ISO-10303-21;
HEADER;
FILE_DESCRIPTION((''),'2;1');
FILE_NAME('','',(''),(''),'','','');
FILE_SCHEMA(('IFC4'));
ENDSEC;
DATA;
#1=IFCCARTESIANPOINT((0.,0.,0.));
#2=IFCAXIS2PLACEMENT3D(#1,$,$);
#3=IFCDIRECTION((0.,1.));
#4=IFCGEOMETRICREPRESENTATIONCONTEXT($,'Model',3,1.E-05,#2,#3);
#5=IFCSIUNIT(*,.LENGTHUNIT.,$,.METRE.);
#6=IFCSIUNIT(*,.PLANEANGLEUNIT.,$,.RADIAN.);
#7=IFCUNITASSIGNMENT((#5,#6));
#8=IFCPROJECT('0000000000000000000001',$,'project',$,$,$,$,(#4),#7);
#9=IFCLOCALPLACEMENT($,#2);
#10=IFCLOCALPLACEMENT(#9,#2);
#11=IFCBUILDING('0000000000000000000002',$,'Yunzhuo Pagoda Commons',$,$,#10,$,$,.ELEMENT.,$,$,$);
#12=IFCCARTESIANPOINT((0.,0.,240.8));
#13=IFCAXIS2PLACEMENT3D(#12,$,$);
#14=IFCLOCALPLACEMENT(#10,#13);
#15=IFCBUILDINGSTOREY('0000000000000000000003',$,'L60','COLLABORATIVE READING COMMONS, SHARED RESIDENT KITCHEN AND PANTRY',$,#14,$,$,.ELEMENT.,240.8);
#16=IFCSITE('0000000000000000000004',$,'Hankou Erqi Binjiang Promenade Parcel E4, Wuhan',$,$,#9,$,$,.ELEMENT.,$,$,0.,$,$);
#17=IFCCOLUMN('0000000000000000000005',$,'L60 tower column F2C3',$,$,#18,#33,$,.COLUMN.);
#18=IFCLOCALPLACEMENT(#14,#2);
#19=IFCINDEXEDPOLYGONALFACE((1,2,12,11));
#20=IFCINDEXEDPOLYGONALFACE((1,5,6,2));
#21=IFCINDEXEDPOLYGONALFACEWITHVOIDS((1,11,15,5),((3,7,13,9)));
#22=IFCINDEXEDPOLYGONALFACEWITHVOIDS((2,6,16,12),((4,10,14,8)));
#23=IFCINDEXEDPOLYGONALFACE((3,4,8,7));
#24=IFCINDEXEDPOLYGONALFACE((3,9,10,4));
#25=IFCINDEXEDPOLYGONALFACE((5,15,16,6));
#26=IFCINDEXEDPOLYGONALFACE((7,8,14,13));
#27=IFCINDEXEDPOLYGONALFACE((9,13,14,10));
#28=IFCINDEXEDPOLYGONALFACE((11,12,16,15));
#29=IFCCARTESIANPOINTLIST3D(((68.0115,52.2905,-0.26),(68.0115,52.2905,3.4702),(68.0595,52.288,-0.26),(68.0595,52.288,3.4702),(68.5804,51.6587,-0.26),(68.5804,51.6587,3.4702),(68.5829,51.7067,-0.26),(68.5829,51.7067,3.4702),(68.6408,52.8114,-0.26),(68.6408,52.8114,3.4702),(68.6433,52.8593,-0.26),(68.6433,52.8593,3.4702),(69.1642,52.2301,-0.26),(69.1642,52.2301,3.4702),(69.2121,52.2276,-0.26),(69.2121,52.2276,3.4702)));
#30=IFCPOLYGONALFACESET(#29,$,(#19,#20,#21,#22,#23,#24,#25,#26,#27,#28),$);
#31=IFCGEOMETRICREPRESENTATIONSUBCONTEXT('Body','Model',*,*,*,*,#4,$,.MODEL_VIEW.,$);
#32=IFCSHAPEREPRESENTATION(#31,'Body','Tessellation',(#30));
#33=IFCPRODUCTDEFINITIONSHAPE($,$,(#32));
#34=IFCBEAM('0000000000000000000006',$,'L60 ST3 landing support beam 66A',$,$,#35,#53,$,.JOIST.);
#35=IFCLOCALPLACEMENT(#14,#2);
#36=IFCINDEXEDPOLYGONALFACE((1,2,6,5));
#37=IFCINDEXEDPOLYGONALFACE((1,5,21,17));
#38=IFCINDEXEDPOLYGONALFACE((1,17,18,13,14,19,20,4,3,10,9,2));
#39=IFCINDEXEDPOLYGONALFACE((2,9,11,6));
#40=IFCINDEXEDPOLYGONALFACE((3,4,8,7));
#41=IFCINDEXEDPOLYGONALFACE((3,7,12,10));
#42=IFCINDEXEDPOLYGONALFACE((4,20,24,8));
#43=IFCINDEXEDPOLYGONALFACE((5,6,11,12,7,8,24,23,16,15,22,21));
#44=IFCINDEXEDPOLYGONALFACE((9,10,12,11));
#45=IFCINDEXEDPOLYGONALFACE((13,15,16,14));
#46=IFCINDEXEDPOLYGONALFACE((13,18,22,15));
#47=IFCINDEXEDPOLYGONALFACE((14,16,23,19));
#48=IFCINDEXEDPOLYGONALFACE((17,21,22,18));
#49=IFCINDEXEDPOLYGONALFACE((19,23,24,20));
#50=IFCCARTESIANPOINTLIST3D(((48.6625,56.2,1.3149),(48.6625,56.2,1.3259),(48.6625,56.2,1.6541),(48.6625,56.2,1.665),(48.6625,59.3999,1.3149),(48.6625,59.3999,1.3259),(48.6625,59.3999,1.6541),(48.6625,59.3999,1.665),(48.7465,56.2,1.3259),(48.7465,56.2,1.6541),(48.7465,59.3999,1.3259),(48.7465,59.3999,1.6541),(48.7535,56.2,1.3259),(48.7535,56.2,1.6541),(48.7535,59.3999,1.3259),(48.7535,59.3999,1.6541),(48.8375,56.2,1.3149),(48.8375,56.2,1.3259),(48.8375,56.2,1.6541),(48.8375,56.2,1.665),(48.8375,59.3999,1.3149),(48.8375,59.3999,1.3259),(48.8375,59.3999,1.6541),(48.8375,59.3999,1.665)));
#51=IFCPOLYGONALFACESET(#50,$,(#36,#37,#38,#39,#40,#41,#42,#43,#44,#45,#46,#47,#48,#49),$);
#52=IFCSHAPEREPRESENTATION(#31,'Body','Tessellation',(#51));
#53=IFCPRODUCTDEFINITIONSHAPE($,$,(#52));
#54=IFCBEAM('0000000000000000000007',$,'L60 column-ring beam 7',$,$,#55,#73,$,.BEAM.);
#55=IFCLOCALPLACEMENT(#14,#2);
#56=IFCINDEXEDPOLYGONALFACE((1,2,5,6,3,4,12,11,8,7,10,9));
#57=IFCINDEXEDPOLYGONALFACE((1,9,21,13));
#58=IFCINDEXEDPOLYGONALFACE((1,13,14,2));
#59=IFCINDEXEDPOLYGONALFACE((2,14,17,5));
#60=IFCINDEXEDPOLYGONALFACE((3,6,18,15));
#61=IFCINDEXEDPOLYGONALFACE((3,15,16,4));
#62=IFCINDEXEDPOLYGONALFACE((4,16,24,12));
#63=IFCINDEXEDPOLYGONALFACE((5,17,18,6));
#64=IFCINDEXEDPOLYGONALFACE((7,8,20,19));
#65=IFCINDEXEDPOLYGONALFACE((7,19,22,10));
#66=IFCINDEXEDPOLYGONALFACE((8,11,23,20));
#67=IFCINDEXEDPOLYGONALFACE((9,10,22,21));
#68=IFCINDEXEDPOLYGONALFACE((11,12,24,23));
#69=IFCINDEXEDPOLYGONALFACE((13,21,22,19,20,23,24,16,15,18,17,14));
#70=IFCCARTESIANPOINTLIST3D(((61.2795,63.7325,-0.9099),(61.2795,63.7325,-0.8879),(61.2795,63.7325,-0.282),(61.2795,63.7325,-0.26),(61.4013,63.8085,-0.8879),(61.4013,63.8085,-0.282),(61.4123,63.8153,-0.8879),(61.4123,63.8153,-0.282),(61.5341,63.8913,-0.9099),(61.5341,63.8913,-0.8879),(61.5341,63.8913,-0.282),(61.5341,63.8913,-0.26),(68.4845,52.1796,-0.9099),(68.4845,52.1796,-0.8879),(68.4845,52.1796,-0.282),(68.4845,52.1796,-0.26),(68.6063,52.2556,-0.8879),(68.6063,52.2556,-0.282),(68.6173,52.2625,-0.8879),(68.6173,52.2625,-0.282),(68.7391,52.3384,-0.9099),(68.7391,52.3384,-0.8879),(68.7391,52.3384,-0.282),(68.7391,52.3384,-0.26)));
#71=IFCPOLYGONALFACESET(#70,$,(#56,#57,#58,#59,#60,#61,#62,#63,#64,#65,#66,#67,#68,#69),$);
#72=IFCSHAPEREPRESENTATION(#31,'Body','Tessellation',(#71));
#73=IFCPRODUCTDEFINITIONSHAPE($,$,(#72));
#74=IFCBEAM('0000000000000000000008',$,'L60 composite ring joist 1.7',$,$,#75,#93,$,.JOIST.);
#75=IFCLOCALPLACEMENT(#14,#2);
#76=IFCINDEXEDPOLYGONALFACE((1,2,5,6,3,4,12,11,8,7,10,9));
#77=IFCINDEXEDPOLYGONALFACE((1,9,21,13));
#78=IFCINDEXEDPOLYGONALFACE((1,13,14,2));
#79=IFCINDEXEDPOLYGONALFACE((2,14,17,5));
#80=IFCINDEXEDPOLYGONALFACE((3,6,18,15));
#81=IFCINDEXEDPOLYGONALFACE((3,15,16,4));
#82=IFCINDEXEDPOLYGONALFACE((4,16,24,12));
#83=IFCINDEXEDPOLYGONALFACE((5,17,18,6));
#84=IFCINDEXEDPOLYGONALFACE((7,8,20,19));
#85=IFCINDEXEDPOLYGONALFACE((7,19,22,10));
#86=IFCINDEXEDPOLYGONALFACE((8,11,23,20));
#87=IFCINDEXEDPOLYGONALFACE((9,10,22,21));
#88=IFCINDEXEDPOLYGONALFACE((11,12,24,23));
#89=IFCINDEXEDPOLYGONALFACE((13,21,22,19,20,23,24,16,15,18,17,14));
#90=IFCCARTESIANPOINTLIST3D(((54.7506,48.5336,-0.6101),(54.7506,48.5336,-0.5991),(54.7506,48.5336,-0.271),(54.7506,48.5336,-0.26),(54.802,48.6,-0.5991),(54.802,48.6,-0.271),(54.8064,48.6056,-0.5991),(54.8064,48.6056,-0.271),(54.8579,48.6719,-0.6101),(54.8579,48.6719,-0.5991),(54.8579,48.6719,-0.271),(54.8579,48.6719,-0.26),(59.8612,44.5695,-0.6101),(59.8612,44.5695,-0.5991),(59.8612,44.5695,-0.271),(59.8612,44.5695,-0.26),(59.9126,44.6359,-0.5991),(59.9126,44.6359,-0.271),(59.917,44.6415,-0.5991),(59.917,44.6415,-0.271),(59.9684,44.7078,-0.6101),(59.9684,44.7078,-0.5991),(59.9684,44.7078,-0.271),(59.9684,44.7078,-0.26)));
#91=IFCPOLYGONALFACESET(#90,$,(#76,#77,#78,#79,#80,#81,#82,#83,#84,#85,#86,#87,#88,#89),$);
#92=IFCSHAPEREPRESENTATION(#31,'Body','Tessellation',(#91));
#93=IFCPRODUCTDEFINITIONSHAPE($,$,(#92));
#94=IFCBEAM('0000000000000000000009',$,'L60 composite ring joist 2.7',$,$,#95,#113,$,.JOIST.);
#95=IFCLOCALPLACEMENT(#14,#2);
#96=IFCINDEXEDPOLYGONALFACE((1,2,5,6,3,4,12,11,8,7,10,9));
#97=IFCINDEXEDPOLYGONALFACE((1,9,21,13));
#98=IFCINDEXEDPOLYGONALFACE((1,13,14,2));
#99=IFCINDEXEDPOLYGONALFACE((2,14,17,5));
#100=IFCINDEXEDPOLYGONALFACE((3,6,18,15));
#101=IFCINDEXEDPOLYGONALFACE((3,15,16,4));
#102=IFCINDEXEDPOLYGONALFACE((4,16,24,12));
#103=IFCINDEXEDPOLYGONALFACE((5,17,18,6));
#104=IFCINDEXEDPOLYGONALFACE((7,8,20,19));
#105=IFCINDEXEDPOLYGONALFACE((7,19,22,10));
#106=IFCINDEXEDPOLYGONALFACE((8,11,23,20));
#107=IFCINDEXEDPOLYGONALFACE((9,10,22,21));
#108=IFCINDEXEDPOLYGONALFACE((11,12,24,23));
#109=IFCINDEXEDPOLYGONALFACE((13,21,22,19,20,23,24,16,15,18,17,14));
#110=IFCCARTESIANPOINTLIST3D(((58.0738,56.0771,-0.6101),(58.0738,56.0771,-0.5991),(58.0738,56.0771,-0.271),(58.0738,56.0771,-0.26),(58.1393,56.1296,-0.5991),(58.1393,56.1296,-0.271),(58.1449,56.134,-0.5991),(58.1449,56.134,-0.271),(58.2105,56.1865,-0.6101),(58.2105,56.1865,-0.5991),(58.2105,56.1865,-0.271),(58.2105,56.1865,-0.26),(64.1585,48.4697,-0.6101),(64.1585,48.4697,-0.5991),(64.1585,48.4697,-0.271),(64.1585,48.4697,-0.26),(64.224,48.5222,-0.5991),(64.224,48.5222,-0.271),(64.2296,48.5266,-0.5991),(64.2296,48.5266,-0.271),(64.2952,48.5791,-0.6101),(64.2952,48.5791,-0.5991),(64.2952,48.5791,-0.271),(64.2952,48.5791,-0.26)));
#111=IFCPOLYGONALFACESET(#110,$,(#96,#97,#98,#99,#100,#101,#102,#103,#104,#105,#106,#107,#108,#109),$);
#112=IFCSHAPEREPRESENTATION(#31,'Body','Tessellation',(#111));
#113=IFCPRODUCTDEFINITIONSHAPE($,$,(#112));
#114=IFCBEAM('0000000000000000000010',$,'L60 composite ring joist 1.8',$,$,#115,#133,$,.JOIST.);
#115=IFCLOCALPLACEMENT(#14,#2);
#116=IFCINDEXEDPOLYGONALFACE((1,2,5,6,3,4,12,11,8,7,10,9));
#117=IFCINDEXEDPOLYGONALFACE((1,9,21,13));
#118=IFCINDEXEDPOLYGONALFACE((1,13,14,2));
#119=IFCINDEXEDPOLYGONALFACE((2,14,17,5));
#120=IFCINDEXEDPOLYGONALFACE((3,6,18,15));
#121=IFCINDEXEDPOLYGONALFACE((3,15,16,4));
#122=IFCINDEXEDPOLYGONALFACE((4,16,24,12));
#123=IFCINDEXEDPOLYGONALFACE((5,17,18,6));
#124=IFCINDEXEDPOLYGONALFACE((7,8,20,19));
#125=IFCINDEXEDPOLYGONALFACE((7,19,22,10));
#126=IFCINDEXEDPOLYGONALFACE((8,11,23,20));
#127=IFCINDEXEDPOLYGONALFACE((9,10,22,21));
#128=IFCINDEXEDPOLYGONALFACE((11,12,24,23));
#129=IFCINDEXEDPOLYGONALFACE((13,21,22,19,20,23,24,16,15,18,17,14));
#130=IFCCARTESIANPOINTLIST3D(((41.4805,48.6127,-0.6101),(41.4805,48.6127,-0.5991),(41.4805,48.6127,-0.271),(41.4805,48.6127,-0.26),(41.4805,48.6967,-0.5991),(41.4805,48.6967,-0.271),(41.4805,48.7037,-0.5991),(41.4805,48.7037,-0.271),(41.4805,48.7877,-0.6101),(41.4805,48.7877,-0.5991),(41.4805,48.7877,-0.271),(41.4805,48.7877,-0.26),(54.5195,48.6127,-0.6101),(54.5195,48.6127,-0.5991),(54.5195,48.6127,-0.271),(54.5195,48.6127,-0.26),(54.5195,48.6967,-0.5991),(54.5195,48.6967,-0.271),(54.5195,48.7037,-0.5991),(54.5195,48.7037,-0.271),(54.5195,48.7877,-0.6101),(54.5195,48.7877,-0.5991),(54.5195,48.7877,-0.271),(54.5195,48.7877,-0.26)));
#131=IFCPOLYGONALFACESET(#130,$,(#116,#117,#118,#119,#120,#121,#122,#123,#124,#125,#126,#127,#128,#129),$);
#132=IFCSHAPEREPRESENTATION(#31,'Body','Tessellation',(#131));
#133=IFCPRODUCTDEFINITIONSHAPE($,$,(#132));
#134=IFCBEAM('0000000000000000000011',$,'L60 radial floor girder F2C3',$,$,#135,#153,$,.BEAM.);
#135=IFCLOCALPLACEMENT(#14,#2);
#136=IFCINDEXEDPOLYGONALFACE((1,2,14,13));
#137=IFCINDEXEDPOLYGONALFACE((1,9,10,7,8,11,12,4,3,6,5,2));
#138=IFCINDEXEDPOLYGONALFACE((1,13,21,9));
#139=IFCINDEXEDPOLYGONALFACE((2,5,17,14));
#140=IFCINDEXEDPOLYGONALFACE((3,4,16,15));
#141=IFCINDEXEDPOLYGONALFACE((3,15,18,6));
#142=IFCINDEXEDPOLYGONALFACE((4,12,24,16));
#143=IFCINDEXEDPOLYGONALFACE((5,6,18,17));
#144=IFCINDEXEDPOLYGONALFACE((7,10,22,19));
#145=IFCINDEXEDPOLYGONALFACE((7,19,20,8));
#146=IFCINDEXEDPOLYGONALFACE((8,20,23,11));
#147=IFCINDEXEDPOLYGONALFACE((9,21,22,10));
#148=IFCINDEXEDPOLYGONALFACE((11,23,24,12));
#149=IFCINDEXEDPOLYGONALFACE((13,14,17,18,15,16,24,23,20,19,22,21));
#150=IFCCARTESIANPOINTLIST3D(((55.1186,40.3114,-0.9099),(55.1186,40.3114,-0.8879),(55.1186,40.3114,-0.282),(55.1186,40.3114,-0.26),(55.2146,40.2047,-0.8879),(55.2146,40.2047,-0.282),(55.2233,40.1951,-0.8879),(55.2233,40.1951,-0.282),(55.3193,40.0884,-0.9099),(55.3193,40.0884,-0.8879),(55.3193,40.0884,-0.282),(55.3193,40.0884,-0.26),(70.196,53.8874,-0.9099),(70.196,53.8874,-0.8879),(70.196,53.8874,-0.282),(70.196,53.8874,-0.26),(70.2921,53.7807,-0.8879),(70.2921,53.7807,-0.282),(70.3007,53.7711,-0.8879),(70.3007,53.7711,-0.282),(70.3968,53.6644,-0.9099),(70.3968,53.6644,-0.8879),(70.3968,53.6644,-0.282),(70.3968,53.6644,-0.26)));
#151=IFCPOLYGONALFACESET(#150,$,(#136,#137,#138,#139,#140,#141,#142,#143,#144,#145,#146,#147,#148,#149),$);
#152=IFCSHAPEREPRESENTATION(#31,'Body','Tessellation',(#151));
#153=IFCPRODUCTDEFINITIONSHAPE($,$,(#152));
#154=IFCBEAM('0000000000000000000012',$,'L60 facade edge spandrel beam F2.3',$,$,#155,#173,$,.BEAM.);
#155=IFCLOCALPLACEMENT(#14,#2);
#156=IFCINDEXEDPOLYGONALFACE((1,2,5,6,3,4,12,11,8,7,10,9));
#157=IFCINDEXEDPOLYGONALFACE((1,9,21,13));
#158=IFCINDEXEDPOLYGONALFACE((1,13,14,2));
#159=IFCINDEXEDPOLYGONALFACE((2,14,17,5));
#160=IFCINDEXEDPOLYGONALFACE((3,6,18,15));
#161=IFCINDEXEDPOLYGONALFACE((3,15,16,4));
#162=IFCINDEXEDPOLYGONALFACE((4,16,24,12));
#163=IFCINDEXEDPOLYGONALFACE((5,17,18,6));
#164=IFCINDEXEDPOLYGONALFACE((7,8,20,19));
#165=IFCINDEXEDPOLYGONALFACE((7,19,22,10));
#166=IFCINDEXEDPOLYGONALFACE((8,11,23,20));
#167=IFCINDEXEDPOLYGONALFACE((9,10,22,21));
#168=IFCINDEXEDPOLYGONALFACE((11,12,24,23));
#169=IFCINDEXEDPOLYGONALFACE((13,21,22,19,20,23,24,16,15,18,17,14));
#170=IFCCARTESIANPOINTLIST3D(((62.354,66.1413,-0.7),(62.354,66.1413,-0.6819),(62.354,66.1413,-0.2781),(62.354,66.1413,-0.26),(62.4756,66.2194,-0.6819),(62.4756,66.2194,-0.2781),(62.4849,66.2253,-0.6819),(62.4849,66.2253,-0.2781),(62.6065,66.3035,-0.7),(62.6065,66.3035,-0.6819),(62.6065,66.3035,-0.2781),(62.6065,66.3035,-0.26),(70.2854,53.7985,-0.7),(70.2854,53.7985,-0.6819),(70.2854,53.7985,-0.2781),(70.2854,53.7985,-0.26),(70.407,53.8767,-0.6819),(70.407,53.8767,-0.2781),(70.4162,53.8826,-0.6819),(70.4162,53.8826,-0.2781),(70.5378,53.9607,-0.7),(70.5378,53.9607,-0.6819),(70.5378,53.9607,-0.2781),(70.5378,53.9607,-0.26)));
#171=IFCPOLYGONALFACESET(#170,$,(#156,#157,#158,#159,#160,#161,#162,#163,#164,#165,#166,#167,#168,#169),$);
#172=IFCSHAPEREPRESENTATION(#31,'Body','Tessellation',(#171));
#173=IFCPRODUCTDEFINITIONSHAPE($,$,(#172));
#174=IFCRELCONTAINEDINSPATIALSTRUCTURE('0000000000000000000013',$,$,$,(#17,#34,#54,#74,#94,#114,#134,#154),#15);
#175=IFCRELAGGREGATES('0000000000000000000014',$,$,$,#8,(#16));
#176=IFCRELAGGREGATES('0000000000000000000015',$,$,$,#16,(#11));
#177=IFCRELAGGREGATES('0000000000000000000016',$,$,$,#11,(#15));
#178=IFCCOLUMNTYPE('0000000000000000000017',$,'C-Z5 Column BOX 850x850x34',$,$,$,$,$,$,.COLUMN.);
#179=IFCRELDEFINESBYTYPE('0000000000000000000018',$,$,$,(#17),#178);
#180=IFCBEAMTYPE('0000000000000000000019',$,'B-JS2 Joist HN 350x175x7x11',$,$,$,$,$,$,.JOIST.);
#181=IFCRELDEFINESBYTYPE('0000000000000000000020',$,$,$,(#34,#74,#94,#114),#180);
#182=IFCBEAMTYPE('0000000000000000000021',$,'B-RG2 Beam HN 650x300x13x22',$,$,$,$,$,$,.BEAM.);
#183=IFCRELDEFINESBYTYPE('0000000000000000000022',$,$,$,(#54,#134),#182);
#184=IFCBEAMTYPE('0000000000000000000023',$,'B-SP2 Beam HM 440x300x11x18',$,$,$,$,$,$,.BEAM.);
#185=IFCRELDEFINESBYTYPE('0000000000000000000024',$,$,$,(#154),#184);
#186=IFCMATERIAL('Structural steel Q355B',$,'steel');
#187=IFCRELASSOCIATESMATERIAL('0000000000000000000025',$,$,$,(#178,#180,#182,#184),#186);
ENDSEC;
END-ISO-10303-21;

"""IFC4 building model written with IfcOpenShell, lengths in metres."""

from ifc_helpers import new_model, si_unit, direction, frame, origin, origin_2d, place, context, subcontext, project, spatial, hollow_rectangle, i_section, extrude, source, transform, mapped, material, material_profile, profile_set, type_object, element, save


model = new_model("IFC4")

# Units and contexts
model_context = context("Model", 3, precision=1e-05, world=origin(), true_north=direction((0.0, 1.0)))
body_context = subcontext(model_context, "Body", "Model", "MODEL_VIEW")
ifc_project = project(units=[si_unit("LENGTHUNIT", "METRE"), si_unit("PLANEANGLEUNIT", "RADIAN")], contexts=[model_context])

# Site, building, storey
site_placement = place(None, origin())
site = spatial("IfcSite", under=ifc_project, at=site_placement, Name="Hankou Erqi Binjiang Promenade Parcel E4, Wuhan", CompositionType="ELEMENT", RefElevation=0.0)
building_placement = place(site_placement, origin())
building = spatial("IfcBuilding", under=site, at=building_placement, Name="Yunzhuo Pagoda Commons", CompositionType="ELEMENT")
storey_placement = place(building_placement, frame((0.0, 0.0, 240.8)))
storey = spatial("IfcBuildingStorey", under=building, at=storey_placement, Name="L60", Description="COLLABORATIVE READING COMMONS, SHARED RESIDENT KITCHEN AND PANTRY", CompositionType="ELEMENT", Elevation=240.8)

# Column
ifc_material_1 = material(Name="Structural steel Q355B", Category="steel")
ifc_material_profile_1 = material_profile(ifc_material_1, hollow_rectangle(XDim=0.8501, YDim=0.8501, WallThickness=0.0339, at=origin_2d()), Name="Structural steel Q355B")
ifc_profile_set_1 = profile_set([ifc_material_profile_1], Name="Structural steel Q355B")
column_type = type_object("IfcColumnType", Name="C-Z5 Column BOX 850x850x34", PredefinedType="COLUMN", material=ifc_profile_set_1)
shared_shape_1 = source(origin(), body_context, "Body", "SweptSolid", [
    extrude(hollow_rectangle(XDim=0.8501, YDim=0.8501, WallThickness=0.0339, at=origin_2d()), origin(), (0.0, 0.0, 1.0), 3.7302),
])
column_placement = place(storey_placement, frame((68.6118, 52.259, -0.26), z_axis=(0.0, 0.0, 1.0), x_axis=(-0.669131, 0.743145, 0.0)))
element("IfcColumn", 1, at=column_placement, inside=storey, type_object=column_type, Name="L60 tower column F2C3", PredefinedType="COLUMN", context=body_context, shape_type="MappedRepresentation", body=[
    mapped(shared_shape_1, transform((0.0, 0.0, 0.0), scale=1.0)),
])

# Beams
ifc_material_profile_2 = material_profile(ifc_material_1, i_section(OverallWidth=0.175, OverallDepth=0.3501, WebThickness=0.0071, FlangeThickness=0.011, at=origin_2d()), Name="Structural steel Q355B")
ifc_profile_set_2 = profile_set([ifc_material_profile_2], Name="Structural steel Q355B")
beam_type_1 = type_object("IfcBeamType", Name="B-JS2 Joist HN 350x175x7x11", PredefinedType="JOIST", material=ifc_profile_set_2)
shared_shape_2 = source(origin(), body_context, "Body", "SweptSolid", [
    extrude(i_section(OverallWidth=0.175, OverallDepth=0.3501, WebThickness=0.0071, FlangeThickness=0.011, at=origin_2d()), origin(), (0.0, 0.0, 1.0), 3.2),
])
beam_1_placement = place(storey_placement, frame((48.75, 56.2, 1.49), z_axis=(0.0, 1.0, 0.0), x_axis=(-1.0, 0.0, 0.0)))
element("IfcBeam", 2, at=beam_1_placement, inside=storey, type_object=beam_type_1, Name="L60 ST3 landing support beam 66A", PredefinedType="JOIST", context=body_context, shape_type="MappedRepresentation", body=[
    mapped(shared_shape_2, transform((0.0, 0.0, 0.0), scale=1.0)),
])
ifc_material_profile_3 = material_profile(ifc_material_1, i_section(OverallWidth=0.3, OverallDepth=0.6499, WebThickness=0.0129, FlangeThickness=0.022, at=origin_2d()), Name="Structural steel Q355B")
ifc_profile_set_3 = profile_set([ifc_material_profile_3], Name="Structural steel Q355B")
beam_type_2 = type_object("IfcBeamType", Name="B-RG2 Beam HN 650x300x13x22", PredefinedType="BEAM", material=ifc_profile_set_3)
shared_shape_3 = source(origin(), body_context, "Body", "SweptSolid", [
    extrude(i_section(OverallWidth=0.3, OverallDepth=0.6499, WebThickness=0.0129, FlangeThickness=0.022, at=origin_2d()), origin(), (0.0, 0.0, 1.0), 13.6155),
])
beam_2_placement = place(storey_placement, frame((68.6118, 52.259, -0.585), z_axis=(-0.529178, 0.848511, 0.0), x_axis=(-0.848511, -0.529178, 0.0)))
element("IfcBeam", 3, at=beam_2_placement, inside=storey, type_object=beam_type_2, Name="L60 column-ring beam 7", PredefinedType="BEAM", context=body_context, shape_type="MappedRepresentation", body=[
    mapped(shared_shape_3, transform((0.0, 0.0, 0.0), scale=1.0)),
])
shared_shape_4 = source(origin(), body_context, "Body", "SweptSolid", [
    extrude(i_section(OverallWidth=0.175, OverallDepth=0.3501, WebThickness=0.0071, FlangeThickness=0.011, at=origin_2d()), origin(), (0.0, 0.0, 1.0), 6.4678),
])
beam_3_placement = place(storey_placement, frame((59.9148, 44.6387, -0.4351), z_axis=(-0.79016, 0.6129, 0.0), x_axis=(-0.6129, -0.79016, 0.0)))
element("IfcBeam", 4, at=beam_3_placement, inside=storey, type_object=beam_type_1, Name="L60 composite ring joist 1.7", PredefinedType="JOIST", context=body_context, shape_type="MappedRepresentation", body=[
    mapped(shared_shape_4, transform((0.0, 0.0, 0.0), scale=1.0)),
])
shared_shape_5 = source(origin(), body_context, "Body", "SweptSolid", [
    extrude(i_section(OverallWidth=0.175, OverallDepth=0.3501, WebThickness=0.0071, FlangeThickness=0.011, at=origin_2d()), origin(), (0.0, 0.0, 1.0), 9.7415),
])
beam_4_placement = place(storey_placement, frame((64.2268, 48.5244, -0.4351), z_axis=(-0.624619, 0.78093, 0.0), x_axis=(-0.78093, -0.624619, 0.0)))
element("IfcBeam", 5, at=beam_4_placement, inside=storey, type_object=beam_type_1, Name="L60 composite ring joist 2.7", PredefinedType="JOIST", context=body_context, shape_type="MappedRepresentation", body=[
    mapped(shared_shape_5, transform((0.0, 0.0, 0.0), scale=1.0)),
])
shared_shape_6 = source(origin(), body_context, "Body", "SweptSolid", [
    extrude(i_section(OverallWidth=0.175, OverallDepth=0.3501, WebThickness=0.0071, FlangeThickness=0.011, at=origin_2d()), origin(), (0.0, 0.0, 1.0), 13.0391),
])
beam_5_placement = place(storey_placement, frame((54.5195, 48.7002, -0.4351), z_axis=(-1.0, 0.0, 0.0), x_axis=(0.0, -1.0, 0.0)))
element("IfcBeam", 6, at=beam_5_placement, inside=storey, type_object=beam_type_1, Name="L60 composite ring joist 1.8", PredefinedType="JOIST", context=body_context, shape_type="MappedRepresentation", body=[
    mapped(shared_shape_6, transform((0.0, 0.0, 0.0), scale=1.0)),
])
shared_shape_7 = source(origin(), body_context, "Body", "SweptSolid", [
    extrude(i_section(OverallWidth=0.3, OverallDepth=0.6499, WebThickness=0.0129, FlangeThickness=0.022, at=origin_2d()), origin(), (0.0, 0.0, 1.0), 20.2888),
])
beam_6_placement = place(storey_placement, frame((70.2964, 53.7759, -0.585), z_axis=(-0.74314, -0.669136, 0.0), x_axis=(0.669136, -0.74314, 0.0)))
element("IfcBeam", 7, at=beam_6_placement, inside=storey, type_object=beam_type_2, Name="L60 radial floor girder F2C3", PredefinedType="BEAM", context=body_context, shape_type="MappedRepresentation", body=[
    mapped(shared_shape_7, transform((0.0, 0.0, 0.0), scale=1.0)),
])
ifc_material_profile_4 = material_profile(ifc_material_1, i_section(OverallWidth=0.3, OverallDepth=0.4399, WebThickness=0.011, FlangeThickness=0.0181, at=origin_2d()), Name="Structural steel Q355B")
ifc_profile_set_4 = profile_set([ifc_material_profile_4], Name="Structural steel Q355B")
beam_type_3 = type_object("IfcBeamType", Name="B-SP2 Beam HM 440x300x11x18", PredefinedType="BEAM", material=ifc_profile_set_4)
shared_shape_8 = source(origin(), body_context, "Body", "SweptSolid", [
    extrude(i_section(OverallWidth=0.3, OverallDepth=0.4399, WebThickness=0.011, FlangeThickness=0.0181, at=origin_2d()), origin(), (0.0, 0.0, 1.0), 14.6714),
])
beam_7_placement = place(storey_placement, frame((70.4116, 53.8796, -0.48), z_axis=(-0.540601, 0.841279, 0.0), x_axis=(-0.841279, -0.540601, 0.0)))
element("IfcBeam", 8, at=beam_7_placement, inside=storey, type_object=beam_type_3, Name="L60 facade edge spandrel beam F2.3", PredefinedType="BEAM", context=body_context, shape_type="MappedRepresentation", body=[
    mapped(shared_shape_8, transform((0.0, 0.0, 0.0), scale=1.0)),
])

save(model, "model.ifc")
